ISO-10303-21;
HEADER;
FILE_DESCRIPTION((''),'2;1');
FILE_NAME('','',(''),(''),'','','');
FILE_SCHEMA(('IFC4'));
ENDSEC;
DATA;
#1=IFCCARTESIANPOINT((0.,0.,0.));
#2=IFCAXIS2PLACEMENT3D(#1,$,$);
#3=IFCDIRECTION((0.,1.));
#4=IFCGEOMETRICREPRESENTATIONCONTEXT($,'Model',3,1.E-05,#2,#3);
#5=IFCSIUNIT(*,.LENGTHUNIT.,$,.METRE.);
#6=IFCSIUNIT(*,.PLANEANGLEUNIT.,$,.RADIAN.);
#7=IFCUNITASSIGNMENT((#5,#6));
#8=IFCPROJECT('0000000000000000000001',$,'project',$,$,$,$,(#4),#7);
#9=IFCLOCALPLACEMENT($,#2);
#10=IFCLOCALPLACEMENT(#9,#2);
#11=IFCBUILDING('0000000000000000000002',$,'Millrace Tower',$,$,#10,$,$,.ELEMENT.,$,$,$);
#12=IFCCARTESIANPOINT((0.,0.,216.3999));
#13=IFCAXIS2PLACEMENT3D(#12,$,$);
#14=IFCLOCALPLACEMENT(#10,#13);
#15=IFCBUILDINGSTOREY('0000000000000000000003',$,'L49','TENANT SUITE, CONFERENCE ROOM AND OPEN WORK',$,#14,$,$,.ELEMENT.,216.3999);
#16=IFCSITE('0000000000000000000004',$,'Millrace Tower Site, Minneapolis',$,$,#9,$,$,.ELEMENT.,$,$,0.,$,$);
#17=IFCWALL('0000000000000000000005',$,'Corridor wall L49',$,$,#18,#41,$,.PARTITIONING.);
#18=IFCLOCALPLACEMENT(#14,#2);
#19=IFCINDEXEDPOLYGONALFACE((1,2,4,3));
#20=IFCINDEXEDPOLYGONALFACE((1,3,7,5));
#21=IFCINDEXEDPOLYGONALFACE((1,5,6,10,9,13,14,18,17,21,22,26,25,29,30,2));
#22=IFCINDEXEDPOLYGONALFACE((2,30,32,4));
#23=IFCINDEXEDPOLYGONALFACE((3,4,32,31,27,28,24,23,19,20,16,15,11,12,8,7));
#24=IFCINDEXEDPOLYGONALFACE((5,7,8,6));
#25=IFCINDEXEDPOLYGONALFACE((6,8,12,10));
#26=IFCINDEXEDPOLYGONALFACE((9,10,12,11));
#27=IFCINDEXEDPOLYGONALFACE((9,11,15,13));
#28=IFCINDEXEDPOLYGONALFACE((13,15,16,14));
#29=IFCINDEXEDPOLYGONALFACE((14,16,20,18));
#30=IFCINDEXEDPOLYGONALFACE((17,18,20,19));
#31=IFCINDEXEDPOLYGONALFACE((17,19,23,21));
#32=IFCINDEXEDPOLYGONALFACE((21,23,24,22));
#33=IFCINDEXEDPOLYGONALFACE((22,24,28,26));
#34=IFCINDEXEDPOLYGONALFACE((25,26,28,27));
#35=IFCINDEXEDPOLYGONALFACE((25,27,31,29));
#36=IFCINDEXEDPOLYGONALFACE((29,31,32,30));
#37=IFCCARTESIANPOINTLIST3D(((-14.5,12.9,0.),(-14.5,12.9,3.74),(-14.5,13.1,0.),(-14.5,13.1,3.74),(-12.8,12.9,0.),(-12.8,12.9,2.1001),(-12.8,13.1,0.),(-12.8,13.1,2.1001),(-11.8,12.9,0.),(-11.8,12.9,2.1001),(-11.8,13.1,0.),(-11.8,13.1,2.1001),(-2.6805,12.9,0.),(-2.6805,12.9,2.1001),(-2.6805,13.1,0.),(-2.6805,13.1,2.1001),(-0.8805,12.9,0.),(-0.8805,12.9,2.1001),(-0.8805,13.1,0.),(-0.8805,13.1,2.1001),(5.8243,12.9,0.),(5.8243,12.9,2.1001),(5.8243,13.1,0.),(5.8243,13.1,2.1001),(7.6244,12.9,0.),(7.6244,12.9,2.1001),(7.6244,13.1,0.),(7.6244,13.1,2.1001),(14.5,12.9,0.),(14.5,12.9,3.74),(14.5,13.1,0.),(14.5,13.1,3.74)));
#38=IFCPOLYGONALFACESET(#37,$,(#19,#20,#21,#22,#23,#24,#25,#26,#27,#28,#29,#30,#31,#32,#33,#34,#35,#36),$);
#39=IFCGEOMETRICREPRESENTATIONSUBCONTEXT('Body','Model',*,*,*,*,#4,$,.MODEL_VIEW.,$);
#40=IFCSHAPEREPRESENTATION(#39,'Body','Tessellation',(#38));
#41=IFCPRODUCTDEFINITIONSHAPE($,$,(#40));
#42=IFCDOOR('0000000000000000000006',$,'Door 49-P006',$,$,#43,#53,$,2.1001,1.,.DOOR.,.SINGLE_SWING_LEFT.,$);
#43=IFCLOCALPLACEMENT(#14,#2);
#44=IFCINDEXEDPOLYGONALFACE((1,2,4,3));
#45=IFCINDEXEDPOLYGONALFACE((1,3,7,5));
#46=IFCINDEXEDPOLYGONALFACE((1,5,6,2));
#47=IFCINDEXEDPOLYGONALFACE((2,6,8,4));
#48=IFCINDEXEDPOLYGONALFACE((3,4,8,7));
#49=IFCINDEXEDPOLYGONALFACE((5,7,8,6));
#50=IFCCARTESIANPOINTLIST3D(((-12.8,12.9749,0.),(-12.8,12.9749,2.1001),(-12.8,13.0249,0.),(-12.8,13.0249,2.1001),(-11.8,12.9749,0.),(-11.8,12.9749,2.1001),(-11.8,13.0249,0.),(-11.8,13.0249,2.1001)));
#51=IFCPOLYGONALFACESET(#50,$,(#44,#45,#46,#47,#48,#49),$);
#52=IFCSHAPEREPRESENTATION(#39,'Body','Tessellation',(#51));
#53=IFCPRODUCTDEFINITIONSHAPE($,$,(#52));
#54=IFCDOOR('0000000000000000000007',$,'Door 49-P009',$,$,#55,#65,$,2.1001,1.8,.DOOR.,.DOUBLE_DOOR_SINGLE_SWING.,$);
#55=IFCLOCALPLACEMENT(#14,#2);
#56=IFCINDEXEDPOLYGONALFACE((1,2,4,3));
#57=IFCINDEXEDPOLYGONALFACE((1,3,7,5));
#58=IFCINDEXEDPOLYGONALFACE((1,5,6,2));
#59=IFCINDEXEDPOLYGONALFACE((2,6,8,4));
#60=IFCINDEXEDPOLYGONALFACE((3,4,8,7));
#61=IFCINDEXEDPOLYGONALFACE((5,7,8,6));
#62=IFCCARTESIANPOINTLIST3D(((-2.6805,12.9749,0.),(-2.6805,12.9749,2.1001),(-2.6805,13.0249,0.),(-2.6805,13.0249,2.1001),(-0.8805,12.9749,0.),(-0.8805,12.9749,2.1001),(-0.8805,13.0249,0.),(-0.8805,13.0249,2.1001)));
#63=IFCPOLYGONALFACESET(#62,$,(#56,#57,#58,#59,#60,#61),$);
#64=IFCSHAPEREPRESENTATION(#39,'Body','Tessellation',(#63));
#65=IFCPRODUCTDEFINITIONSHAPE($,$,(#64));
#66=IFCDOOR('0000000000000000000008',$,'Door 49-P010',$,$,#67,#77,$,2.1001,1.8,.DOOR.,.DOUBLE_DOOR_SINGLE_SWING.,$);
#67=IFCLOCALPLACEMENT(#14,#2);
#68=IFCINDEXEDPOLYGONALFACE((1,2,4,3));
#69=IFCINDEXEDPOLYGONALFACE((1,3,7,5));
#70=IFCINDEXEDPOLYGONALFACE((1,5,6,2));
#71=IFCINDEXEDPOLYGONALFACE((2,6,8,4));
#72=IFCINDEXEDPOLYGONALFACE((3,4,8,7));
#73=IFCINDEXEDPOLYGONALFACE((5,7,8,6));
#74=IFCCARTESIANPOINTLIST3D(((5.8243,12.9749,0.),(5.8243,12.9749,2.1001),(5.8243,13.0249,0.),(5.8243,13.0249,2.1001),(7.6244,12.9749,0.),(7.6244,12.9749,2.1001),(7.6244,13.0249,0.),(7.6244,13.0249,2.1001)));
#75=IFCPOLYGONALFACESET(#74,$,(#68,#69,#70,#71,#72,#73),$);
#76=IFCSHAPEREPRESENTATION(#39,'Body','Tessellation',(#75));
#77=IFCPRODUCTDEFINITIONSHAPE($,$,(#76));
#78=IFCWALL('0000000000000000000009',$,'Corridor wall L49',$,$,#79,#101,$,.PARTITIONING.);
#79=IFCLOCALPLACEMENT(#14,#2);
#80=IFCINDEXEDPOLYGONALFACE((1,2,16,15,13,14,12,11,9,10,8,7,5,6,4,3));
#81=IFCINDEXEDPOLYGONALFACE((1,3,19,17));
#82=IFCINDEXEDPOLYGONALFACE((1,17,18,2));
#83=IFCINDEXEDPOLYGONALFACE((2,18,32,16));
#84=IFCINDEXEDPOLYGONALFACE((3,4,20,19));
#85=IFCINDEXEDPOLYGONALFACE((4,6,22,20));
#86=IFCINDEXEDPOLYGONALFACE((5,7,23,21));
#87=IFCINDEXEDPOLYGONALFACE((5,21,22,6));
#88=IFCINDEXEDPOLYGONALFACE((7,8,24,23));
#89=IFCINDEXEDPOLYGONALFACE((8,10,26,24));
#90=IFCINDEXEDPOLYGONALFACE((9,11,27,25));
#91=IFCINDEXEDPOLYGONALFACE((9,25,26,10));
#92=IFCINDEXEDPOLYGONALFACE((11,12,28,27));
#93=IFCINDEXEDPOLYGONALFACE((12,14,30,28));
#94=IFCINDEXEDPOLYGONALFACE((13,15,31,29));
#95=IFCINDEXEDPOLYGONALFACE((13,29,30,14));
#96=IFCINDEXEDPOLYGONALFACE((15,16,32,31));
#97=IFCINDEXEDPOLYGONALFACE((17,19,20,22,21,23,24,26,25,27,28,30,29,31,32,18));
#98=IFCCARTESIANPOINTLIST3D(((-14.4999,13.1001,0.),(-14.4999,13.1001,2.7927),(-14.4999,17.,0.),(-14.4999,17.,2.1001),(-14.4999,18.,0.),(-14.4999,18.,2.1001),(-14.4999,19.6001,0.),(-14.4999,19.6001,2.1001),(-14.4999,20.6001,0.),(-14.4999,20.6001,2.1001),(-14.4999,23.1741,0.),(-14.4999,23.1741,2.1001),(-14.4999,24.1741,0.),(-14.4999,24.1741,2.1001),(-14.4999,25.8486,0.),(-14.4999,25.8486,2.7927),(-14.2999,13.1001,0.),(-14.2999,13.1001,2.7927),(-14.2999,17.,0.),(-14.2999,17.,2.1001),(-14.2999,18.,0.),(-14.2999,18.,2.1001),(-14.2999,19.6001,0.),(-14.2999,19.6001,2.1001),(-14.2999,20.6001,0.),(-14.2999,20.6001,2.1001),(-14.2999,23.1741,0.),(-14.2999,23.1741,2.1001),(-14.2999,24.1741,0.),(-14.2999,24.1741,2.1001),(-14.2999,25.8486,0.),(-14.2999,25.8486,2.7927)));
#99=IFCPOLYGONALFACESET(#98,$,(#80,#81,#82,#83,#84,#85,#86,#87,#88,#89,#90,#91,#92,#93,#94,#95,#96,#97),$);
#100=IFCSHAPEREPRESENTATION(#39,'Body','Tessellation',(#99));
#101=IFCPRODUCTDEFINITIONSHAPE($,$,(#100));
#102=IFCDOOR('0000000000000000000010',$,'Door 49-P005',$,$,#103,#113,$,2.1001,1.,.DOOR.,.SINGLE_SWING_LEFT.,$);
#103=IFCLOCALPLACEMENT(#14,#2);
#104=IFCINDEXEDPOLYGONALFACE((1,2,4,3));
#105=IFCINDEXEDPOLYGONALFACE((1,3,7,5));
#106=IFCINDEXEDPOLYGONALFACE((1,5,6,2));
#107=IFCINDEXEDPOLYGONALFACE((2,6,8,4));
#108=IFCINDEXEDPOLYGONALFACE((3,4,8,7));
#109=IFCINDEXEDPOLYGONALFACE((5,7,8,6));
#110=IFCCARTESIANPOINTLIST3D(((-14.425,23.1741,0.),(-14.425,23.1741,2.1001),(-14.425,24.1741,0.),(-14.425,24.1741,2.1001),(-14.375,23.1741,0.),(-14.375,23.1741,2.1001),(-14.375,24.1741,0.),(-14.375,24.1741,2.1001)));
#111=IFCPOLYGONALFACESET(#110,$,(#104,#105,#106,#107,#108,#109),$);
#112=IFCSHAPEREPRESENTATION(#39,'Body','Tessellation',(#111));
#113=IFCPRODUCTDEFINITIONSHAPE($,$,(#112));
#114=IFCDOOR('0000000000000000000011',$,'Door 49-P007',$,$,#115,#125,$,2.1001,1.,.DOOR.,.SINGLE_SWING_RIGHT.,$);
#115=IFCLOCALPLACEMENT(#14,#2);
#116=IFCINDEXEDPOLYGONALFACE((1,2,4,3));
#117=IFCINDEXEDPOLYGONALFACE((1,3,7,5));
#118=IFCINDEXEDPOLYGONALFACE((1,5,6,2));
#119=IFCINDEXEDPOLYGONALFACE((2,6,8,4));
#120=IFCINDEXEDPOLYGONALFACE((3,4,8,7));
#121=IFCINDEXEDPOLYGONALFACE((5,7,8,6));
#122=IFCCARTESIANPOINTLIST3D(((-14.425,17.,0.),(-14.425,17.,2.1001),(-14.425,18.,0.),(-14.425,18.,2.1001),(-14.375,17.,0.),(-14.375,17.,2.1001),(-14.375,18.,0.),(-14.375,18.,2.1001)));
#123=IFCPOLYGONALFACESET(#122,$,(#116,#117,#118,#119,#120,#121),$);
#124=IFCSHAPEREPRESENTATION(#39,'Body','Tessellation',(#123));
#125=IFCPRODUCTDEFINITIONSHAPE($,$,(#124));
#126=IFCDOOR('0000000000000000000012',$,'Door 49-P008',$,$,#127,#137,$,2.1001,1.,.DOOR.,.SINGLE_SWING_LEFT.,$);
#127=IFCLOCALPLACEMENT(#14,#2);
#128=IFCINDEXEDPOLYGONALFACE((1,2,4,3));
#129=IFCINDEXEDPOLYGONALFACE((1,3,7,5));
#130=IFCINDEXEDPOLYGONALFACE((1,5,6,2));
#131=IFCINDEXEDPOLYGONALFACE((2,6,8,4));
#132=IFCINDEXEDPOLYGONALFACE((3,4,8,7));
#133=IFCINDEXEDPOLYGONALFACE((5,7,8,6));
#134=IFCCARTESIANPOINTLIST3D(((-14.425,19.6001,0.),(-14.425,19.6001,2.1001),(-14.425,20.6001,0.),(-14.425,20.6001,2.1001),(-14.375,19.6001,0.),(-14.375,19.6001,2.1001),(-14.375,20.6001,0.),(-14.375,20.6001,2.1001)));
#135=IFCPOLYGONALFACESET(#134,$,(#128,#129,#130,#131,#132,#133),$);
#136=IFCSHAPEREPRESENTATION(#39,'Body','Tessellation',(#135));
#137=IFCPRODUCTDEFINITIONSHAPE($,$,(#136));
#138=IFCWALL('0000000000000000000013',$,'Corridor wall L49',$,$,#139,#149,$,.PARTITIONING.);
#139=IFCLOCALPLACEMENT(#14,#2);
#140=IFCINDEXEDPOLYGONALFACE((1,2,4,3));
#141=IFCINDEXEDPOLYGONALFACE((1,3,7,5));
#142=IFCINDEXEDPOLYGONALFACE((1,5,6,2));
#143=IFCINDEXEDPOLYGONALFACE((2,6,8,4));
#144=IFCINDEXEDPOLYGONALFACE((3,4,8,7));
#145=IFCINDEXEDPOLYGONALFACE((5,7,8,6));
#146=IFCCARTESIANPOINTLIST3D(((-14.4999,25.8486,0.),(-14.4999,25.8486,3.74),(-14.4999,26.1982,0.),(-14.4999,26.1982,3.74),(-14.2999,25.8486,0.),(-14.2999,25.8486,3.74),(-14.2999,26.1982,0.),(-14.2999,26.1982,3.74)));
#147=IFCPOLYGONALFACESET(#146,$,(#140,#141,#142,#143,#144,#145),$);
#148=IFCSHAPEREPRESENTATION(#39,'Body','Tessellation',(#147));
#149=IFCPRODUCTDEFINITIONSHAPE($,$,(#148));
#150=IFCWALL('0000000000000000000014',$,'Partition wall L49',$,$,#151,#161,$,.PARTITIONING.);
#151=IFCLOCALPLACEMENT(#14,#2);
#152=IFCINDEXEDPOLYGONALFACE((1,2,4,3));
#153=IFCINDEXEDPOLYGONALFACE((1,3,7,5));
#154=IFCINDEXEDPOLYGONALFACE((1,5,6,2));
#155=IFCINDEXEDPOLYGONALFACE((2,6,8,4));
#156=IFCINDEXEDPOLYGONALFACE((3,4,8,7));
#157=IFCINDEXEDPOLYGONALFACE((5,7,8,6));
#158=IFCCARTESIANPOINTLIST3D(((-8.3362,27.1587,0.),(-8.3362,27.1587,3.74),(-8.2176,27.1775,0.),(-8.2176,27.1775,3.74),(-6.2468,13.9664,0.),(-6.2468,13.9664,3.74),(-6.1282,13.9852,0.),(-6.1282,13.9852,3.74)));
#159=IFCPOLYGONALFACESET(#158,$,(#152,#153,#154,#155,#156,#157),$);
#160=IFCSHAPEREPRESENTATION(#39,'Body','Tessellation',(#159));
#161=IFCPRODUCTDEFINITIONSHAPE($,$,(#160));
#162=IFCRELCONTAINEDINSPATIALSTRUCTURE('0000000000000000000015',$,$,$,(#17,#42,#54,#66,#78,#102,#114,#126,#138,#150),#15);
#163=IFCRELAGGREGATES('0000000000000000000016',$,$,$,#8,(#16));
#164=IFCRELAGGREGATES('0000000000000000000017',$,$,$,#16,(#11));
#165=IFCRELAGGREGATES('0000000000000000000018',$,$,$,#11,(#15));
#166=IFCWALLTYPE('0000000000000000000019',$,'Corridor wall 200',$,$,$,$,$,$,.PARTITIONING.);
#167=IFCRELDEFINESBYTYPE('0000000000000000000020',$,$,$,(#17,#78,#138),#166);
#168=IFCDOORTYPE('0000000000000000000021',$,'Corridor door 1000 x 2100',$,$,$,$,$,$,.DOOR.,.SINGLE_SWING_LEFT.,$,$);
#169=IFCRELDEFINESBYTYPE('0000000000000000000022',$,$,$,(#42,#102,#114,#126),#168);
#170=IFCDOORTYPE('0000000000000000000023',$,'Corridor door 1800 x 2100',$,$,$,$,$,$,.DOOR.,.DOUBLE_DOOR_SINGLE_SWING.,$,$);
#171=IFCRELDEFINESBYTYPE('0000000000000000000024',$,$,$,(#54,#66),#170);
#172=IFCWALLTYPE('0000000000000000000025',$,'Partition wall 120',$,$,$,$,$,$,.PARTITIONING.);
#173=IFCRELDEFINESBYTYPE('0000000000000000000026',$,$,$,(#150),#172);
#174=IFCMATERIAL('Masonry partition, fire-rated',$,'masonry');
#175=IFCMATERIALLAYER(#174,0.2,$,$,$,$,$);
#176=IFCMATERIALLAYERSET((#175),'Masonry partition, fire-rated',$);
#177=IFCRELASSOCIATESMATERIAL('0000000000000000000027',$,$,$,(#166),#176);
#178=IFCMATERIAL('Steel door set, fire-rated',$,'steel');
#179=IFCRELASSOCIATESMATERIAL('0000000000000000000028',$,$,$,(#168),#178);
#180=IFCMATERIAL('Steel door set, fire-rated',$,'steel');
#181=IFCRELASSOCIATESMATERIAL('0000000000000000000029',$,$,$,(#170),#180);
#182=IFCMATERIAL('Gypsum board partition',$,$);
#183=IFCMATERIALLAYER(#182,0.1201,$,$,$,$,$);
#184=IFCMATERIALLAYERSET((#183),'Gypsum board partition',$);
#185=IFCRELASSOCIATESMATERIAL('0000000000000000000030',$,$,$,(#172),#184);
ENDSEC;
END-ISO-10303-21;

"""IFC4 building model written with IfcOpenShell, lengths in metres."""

from ifc_helpers import new_model, si_unit, direction, frame, frame_2d, origin, place, context, subcontext, project, spatial, rectangle, extrude, material, layer, layer_set, type_object, element, fill, save


model = new_model("IFC4")

# Units and contexts
model_context = context("Model", 3, precision=1e-05, world=origin(), true_north=direction((0.0, 1.0)))
body_context = subcontext(model_context, "Body", "Model", "MODEL_VIEW")
ifc_project = project(units=[si_unit("LENGTHUNIT", "METRE"), si_unit("PLANEANGLEUNIT", "RADIAN")], contexts=[model_context])

# Site, building, storey
site_placement = place(None, origin())
site = spatial("IfcSite", under=ifc_project, at=site_placement, Name="Millrace Tower Site, Minneapolis", CompositionType="ELEMENT", RefElevation=0.0)
building_placement = place(site_placement, origin())
building = spatial("IfcBuilding", under=site, at=building_placement, Name="Millrace Tower", CompositionType="ELEMENT")
storey_placement = place(building_placement, frame((0.0, 0.0, 216.3999)))
storey = spatial("IfcBuildingStorey", under=building, at=storey_placement, Name="L49", Description="TENANT SUITE, CONFERENCE ROOM AND OPEN WORK", CompositionType="ELEMENT", Elevation=216.3999)

# Walls, openings, doors
ifc_material_1 = material(Name="Masonry partition, fire-rated", Category="masonry")
ifc_layer_1 = layer(ifc_material_1, 0.2)
ifc_layer_set_1 = layer_set([ifc_layer_1], Name="Masonry partition, fire-rated")
wall_type_1 = type_object("IfcWallType", Name="Corridor wall 200", PredefinedType="PARTITIONING", material=ifc_layer_set_1)
wall_1_placement = place(storey_placement, frame((-14.5, 13.0, 0.0), z_axis=(0.0, 0.0, 1.0), x_axis=(1.0, 0.0, 0.0)))
wall_1 = element("IfcWall", 1, at=wall_1_placement, inside=storey, type_object=wall_type_1, Name="Corridor wall L49", PredefinedType="PARTITIONING", context=body_context, shape_type="SweptSolid", body=[
    extrude(rectangle(XDim=29.0, YDim=0.2, at=frame_2d((14.5, 0.0))), origin(), (0.0, 0.0, 1.0), 3.74),
])
opening_1_placement = place(wall_1_placement, frame((1.7, 0.0, 0.0)))
opening_1 = element("IfcOpeningElement", 2, at=opening_1_placement, cuts=wall_1, PredefinedType="OPENING", context=body_context, shape_type="SweptSolid", body=[
    extrude(rectangle(XDim=1.0, YDim=2.1001, at=frame_2d((0.5, 1.05))), frame((0.0, 0.1099, 0.0), z_axis=(0.0, -1.0, 0.0), x_axis=(1.0, 0.0, 0.0)), (0.0, 0.0, 1.0), 0.22),
])
opening_2_placement = place(wall_1_placement, frame((11.8196, 0.0, 0.0)))
opening_2 = element("IfcOpeningElement", 3, at=opening_2_placement, cuts=wall_1, PredefinedType="OPENING", context=body_context, shape_type="SweptSolid", body=[
    extrude(rectangle(XDim=1.8, YDim=2.1001, at=frame_2d((0.8999, 1.05))), frame((0.0, 0.1099, 0.0), z_axis=(0.0, -1.0, 0.0), x_axis=(1.0, 0.0, 0.0)), (0.0, 0.0, 1.0), 0.22),
])
opening_3_placement = place(wall_1_placement, frame((20.3245, 0.0, 0.0)))
opening_3 = element("IfcOpeningElement", 4, at=opening_3_placement, cuts=wall_1, PredefinedType="OPENING", context=body_context, shape_type="SweptSolid", body=[
    extrude(rectangle(XDim=1.8, YDim=2.1001, at=frame_2d((0.8999, 1.05))), frame((0.0, 0.1099, 0.0), z_axis=(0.0, -1.0, 0.0), x_axis=(1.0, 0.0, 0.0)), (0.0, 0.0, 1.0), 0.22),
])
ifc_material_2 = material(Name="Steel door set, fire-rated", Category="steel")
door_type_1 = type_object("IfcDoorType", Name="Corridor door 1000 x 2100", OperationType="SINGLE_SWING_LEFT", PredefinedType="DOOR", material=ifc_material_2)
door_1_placement = place(opening_1_placement, origin())
door_1 = element("IfcDoor", 5, at=door_1_placement, inside=storey, type_object=door_type_1, Name="Door 49-P006", OperationType="SINGLE_SWING_LEFT", OverallHeight=2.1001, OverallWidth=1.0, PredefinedType="DOOR", context=body_context, shape_type="SweptSolid", body=[
    extrude(rectangle(XDim=1.0, YDim=2.1001, at=frame_2d((0.5, 1.05))), frame((0.0, 0.0249, 0.0), z_axis=(0.0, -1.0, 0.0), x_axis=(1.0, 0.0, 0.0)), (0.0, 0.0, 1.0), 0.05),
])
fill(opening_1, door_1)
ifc_material_3 = material(Name="Steel door set, fire-rated", Category="steel")
door_type_2 = type_object("IfcDoorType", Name="Corridor door 1800 x 2100", OperationType="DOUBLE_DOOR_SINGLE_SWING", PredefinedType="DOOR", material=ifc_material_3)
door_2_placement = place(opening_2_placement, origin())
door_2 = element("IfcDoor", 6, at=door_2_placement, inside=storey, type_object=door_type_2, Name="Door 49-P009", OperationType="DOUBLE_DOOR_SINGLE_SWING", OverallHeight=2.1001, OverallWidth=1.8, PredefinedType="DOOR", context=body_context, shape_type="SweptSolid", body=[
    extrude(rectangle(XDim=1.8, YDim=2.1001, at=frame_2d((0.8999, 1.05))), frame((0.0, 0.0249, 0.0), z_axis=(0.0, -1.0, 0.0), x_axis=(1.0, 0.0, 0.0)), (0.0, 0.0, 1.0), 0.05),
])
fill(opening_2, door_2)
door_3_placement = place(opening_3_placement, origin())
door_3 = element("IfcDoor", 7, at=door_3_placement, inside=storey, type_object=door_type_2, Name="Door 49-P010", OperationType="DOUBLE_DOOR_SINGLE_SWING", OverallHeight=2.1001, OverallWidth=1.8, PredefinedType="DOOR", context=body_context, shape_type="SweptSolid", body=[
    extrude(rectangle(XDim=1.8, YDim=2.1001, at=frame_2d((0.8999, 1.05))), frame((0.0, 0.0249, 0.0), z_axis=(0.0, -1.0, 0.0), x_axis=(1.0, 0.0, 0.0)), (0.0, 0.0, 1.0), 0.05),
])
fill(opening_3, door_3)
wall_2_placement = place(storey_placement, frame((-14.3999, 13.1001, 0.0), z_axis=(0.0, 0.0, 1.0), x_axis=(0.0, 1.0, 0.0)))
wall_2 = element("IfcWall", 8, at=wall_2_placement, inside=storey, type_object=wall_type_1, Name="Corridor wall L49", PredefinedType="PARTITIONING", context=body_context, shape_type="SweptSolid", body=[
    extrude(rectangle(XDim=12.7485, YDim=0.2, at=frame_2d((6.3743, 0.0))), origin(), (0.0, 0.0, 1.0), 2.7927),
])
opening_4_placement = place(wall_2_placement, frame((10.074, 0.0, 0.0)))
opening_4 = element("IfcOpeningElement", 9, at=opening_4_placement, cuts=wall_2, PredefinedType="OPENING", context=body_context, shape_type="SweptSolid", body=[
    extrude(rectangle(XDim=1.0, YDim=2.1001, at=frame_2d((0.5, 1.05))), frame((0.0, 0.1099, 0.0), z_axis=(0.0, -1.0, 0.0), x_axis=(1.0, 0.0, 0.0)), (0.0, 0.0, 1.0), 0.22),
])
opening_5_placement = place(wall_2_placement, frame((3.8999, 0.0, 0.0)))
opening_5 = element("IfcOpeningElement", 10, at=opening_5_placement, cuts=wall_2, PredefinedType="OPENING", context=body_context, shape_type="SweptSolid", body=[
    extrude(rectangle(XDim=1.0, YDim=2.1001, at=frame_2d((0.5, 1.05))), frame((0.0, 0.1099, 0.0), z_axis=(0.0, -1.0, 0.0), x_axis=(1.0, 0.0, 0.0)), (0.0, 0.0, 1.0), 0.22),
])
opening_6_placement = place(wall_2_placement, frame((6.5, 0.0, 0.0)))
opening_6 = element("IfcOpeningElement", 11, at=opening_6_placement, cuts=wall_2, PredefinedType="OPENING", context=body_context, shape_type="SweptSolid", body=[
    extrude(rectangle(XDim=1.0, YDim=2.1001, at=frame_2d((0.5, 1.05))), frame((0.0, 0.1099, 0.0), z_axis=(0.0, -1.0, 0.0), x_axis=(1.0, 0.0, 0.0)), (0.0, 0.0, 1.0), 0.22),
])
door_4_placement = place(opening_4_placement, frame((1.0, 0.0, 0.0), z_axis=(0.0, 0.0, 1.0), x_axis=(-1.0, 0.0, 0.0)))
door_4 = element("IfcDoor", 12, at=door_4_placement, inside=storey, type_object=door_type_1, Name="Door 49-P005", OperationType="SINGLE_SWING_LEFT", OverallHeight=2.1001, OverallWidth=1.0, PredefinedType="DOOR", context=body_context, shape_type="SweptSolid", body=[
    extrude(rectangle(XDim=1.0, YDim=2.1001, at=frame_2d((0.5, 1.05))), frame((0.0, 0.0249, 0.0), z_axis=(0.0, -1.0, 0.0), x_axis=(1.0, 0.0, 0.0)), (0.0, 0.0, 1.0), 0.05),
])
fill(opening_4, door_4)
door_5_placement = place(opening_5_placement, frame((1.0, 0.0, 0.0), z_axis=(0.0, 0.0, 1.0), x_axis=(-1.0, 0.0, 0.0)))
door_5 = element("IfcDoor", 13, at=door_5_placement, inside=storey, type_object=door_type_1, Name="Door 49-P007", OperationType="SINGLE_SWING_RIGHT", OverallHeight=2.1001, OverallWidth=1.0, PredefinedType="DOOR", context=body_context, shape_type="SweptSolid", body=[
    extrude(rectangle(XDim=1.0, YDim=2.1001, at=frame_2d((0.5, 1.05))), frame((0.0, 0.0249, 0.0), z_axis=(0.0, -1.0, 0.0), x_axis=(1.0, 0.0, 0.0)), (0.0, 0.0, 1.0), 0.05),
])
fill(opening_5, door_5)
door_6_placement = place(opening_6_placement, frame((1.0, 0.0, 0.0), z_axis=(0.0, 0.0, 1.0), x_axis=(-1.0, 0.0, 0.0)))
door_6 = element("IfcDoor", 14, at=door_6_placement, inside=storey, type_object=door_type_1, Name="Door 49-P008", OperationType="SINGLE_SWING_LEFT", OverallHeight=2.1001, OverallWidth=1.0, PredefinedType="DOOR", context=body_context, shape_type="SweptSolid", body=[
    extrude(rectangle(XDim=1.0, YDim=2.1001, at=frame_2d((0.5, 1.05))), frame((0.0, 0.0249, 0.0), z_axis=(0.0, -1.0, 0.0), x_axis=(1.0, 0.0, 0.0)), (0.0, 0.0, 1.0), 0.05),
])
fill(opening_6, door_6)

# Walls
wall_3_placement = place(storey_placement, frame((-14.3999, 25.8486, 0.0), z_axis=(0.0, 0.0, 1.0), x_axis=(0.0, 1.0, 0.0)))
element("IfcWall", 15, at=wall_3_placement, inside=storey, type_object=wall_type_1, Name="Corridor wall L49", PredefinedType="PARTITIONING", context=body_context, shape_type="SweptSolid", body=[
    extrude(rectangle(XDim=0.3496, YDim=0.2, at=frame_2d((0.1748, 0.0))), origin(), (0.0, 0.0, 1.0), 3.74),
])
ifc_material_4 = material(Name="Gypsum board partition")
ifc_layer_2 = layer(ifc_material_4, 0.1201)
ifc_layer_set_2 = layer_set([ifc_layer_2], Name="Gypsum board partition")
wall_type_2 = type_object("IfcWallType", Name="Partition wall 120", PredefinedType="PARTITIONING", material=ifc_layer_set_2)
wall_4_placement = place(storey_placement, frame((-8.2769, 27.168, 0.0), z_axis=(0.0, 0.0, 1.0), x_axis=(0.156429, -0.987689, 0.0)))
element("IfcWall", 16, at=wall_4_placement, inside=storey, type_object=wall_type_2, Name="Partition wall L49", PredefinedType="PARTITIONING", context=body_context, shape_type="SweptSolid", body=[
    extrude(rectangle(XDim=13.3567, YDim=0.1201, at=frame_2d((6.6782, 0.0))), origin(), (0.0, 0.0, 1.0), 3.74),
])

save(model, "model.ifc")
